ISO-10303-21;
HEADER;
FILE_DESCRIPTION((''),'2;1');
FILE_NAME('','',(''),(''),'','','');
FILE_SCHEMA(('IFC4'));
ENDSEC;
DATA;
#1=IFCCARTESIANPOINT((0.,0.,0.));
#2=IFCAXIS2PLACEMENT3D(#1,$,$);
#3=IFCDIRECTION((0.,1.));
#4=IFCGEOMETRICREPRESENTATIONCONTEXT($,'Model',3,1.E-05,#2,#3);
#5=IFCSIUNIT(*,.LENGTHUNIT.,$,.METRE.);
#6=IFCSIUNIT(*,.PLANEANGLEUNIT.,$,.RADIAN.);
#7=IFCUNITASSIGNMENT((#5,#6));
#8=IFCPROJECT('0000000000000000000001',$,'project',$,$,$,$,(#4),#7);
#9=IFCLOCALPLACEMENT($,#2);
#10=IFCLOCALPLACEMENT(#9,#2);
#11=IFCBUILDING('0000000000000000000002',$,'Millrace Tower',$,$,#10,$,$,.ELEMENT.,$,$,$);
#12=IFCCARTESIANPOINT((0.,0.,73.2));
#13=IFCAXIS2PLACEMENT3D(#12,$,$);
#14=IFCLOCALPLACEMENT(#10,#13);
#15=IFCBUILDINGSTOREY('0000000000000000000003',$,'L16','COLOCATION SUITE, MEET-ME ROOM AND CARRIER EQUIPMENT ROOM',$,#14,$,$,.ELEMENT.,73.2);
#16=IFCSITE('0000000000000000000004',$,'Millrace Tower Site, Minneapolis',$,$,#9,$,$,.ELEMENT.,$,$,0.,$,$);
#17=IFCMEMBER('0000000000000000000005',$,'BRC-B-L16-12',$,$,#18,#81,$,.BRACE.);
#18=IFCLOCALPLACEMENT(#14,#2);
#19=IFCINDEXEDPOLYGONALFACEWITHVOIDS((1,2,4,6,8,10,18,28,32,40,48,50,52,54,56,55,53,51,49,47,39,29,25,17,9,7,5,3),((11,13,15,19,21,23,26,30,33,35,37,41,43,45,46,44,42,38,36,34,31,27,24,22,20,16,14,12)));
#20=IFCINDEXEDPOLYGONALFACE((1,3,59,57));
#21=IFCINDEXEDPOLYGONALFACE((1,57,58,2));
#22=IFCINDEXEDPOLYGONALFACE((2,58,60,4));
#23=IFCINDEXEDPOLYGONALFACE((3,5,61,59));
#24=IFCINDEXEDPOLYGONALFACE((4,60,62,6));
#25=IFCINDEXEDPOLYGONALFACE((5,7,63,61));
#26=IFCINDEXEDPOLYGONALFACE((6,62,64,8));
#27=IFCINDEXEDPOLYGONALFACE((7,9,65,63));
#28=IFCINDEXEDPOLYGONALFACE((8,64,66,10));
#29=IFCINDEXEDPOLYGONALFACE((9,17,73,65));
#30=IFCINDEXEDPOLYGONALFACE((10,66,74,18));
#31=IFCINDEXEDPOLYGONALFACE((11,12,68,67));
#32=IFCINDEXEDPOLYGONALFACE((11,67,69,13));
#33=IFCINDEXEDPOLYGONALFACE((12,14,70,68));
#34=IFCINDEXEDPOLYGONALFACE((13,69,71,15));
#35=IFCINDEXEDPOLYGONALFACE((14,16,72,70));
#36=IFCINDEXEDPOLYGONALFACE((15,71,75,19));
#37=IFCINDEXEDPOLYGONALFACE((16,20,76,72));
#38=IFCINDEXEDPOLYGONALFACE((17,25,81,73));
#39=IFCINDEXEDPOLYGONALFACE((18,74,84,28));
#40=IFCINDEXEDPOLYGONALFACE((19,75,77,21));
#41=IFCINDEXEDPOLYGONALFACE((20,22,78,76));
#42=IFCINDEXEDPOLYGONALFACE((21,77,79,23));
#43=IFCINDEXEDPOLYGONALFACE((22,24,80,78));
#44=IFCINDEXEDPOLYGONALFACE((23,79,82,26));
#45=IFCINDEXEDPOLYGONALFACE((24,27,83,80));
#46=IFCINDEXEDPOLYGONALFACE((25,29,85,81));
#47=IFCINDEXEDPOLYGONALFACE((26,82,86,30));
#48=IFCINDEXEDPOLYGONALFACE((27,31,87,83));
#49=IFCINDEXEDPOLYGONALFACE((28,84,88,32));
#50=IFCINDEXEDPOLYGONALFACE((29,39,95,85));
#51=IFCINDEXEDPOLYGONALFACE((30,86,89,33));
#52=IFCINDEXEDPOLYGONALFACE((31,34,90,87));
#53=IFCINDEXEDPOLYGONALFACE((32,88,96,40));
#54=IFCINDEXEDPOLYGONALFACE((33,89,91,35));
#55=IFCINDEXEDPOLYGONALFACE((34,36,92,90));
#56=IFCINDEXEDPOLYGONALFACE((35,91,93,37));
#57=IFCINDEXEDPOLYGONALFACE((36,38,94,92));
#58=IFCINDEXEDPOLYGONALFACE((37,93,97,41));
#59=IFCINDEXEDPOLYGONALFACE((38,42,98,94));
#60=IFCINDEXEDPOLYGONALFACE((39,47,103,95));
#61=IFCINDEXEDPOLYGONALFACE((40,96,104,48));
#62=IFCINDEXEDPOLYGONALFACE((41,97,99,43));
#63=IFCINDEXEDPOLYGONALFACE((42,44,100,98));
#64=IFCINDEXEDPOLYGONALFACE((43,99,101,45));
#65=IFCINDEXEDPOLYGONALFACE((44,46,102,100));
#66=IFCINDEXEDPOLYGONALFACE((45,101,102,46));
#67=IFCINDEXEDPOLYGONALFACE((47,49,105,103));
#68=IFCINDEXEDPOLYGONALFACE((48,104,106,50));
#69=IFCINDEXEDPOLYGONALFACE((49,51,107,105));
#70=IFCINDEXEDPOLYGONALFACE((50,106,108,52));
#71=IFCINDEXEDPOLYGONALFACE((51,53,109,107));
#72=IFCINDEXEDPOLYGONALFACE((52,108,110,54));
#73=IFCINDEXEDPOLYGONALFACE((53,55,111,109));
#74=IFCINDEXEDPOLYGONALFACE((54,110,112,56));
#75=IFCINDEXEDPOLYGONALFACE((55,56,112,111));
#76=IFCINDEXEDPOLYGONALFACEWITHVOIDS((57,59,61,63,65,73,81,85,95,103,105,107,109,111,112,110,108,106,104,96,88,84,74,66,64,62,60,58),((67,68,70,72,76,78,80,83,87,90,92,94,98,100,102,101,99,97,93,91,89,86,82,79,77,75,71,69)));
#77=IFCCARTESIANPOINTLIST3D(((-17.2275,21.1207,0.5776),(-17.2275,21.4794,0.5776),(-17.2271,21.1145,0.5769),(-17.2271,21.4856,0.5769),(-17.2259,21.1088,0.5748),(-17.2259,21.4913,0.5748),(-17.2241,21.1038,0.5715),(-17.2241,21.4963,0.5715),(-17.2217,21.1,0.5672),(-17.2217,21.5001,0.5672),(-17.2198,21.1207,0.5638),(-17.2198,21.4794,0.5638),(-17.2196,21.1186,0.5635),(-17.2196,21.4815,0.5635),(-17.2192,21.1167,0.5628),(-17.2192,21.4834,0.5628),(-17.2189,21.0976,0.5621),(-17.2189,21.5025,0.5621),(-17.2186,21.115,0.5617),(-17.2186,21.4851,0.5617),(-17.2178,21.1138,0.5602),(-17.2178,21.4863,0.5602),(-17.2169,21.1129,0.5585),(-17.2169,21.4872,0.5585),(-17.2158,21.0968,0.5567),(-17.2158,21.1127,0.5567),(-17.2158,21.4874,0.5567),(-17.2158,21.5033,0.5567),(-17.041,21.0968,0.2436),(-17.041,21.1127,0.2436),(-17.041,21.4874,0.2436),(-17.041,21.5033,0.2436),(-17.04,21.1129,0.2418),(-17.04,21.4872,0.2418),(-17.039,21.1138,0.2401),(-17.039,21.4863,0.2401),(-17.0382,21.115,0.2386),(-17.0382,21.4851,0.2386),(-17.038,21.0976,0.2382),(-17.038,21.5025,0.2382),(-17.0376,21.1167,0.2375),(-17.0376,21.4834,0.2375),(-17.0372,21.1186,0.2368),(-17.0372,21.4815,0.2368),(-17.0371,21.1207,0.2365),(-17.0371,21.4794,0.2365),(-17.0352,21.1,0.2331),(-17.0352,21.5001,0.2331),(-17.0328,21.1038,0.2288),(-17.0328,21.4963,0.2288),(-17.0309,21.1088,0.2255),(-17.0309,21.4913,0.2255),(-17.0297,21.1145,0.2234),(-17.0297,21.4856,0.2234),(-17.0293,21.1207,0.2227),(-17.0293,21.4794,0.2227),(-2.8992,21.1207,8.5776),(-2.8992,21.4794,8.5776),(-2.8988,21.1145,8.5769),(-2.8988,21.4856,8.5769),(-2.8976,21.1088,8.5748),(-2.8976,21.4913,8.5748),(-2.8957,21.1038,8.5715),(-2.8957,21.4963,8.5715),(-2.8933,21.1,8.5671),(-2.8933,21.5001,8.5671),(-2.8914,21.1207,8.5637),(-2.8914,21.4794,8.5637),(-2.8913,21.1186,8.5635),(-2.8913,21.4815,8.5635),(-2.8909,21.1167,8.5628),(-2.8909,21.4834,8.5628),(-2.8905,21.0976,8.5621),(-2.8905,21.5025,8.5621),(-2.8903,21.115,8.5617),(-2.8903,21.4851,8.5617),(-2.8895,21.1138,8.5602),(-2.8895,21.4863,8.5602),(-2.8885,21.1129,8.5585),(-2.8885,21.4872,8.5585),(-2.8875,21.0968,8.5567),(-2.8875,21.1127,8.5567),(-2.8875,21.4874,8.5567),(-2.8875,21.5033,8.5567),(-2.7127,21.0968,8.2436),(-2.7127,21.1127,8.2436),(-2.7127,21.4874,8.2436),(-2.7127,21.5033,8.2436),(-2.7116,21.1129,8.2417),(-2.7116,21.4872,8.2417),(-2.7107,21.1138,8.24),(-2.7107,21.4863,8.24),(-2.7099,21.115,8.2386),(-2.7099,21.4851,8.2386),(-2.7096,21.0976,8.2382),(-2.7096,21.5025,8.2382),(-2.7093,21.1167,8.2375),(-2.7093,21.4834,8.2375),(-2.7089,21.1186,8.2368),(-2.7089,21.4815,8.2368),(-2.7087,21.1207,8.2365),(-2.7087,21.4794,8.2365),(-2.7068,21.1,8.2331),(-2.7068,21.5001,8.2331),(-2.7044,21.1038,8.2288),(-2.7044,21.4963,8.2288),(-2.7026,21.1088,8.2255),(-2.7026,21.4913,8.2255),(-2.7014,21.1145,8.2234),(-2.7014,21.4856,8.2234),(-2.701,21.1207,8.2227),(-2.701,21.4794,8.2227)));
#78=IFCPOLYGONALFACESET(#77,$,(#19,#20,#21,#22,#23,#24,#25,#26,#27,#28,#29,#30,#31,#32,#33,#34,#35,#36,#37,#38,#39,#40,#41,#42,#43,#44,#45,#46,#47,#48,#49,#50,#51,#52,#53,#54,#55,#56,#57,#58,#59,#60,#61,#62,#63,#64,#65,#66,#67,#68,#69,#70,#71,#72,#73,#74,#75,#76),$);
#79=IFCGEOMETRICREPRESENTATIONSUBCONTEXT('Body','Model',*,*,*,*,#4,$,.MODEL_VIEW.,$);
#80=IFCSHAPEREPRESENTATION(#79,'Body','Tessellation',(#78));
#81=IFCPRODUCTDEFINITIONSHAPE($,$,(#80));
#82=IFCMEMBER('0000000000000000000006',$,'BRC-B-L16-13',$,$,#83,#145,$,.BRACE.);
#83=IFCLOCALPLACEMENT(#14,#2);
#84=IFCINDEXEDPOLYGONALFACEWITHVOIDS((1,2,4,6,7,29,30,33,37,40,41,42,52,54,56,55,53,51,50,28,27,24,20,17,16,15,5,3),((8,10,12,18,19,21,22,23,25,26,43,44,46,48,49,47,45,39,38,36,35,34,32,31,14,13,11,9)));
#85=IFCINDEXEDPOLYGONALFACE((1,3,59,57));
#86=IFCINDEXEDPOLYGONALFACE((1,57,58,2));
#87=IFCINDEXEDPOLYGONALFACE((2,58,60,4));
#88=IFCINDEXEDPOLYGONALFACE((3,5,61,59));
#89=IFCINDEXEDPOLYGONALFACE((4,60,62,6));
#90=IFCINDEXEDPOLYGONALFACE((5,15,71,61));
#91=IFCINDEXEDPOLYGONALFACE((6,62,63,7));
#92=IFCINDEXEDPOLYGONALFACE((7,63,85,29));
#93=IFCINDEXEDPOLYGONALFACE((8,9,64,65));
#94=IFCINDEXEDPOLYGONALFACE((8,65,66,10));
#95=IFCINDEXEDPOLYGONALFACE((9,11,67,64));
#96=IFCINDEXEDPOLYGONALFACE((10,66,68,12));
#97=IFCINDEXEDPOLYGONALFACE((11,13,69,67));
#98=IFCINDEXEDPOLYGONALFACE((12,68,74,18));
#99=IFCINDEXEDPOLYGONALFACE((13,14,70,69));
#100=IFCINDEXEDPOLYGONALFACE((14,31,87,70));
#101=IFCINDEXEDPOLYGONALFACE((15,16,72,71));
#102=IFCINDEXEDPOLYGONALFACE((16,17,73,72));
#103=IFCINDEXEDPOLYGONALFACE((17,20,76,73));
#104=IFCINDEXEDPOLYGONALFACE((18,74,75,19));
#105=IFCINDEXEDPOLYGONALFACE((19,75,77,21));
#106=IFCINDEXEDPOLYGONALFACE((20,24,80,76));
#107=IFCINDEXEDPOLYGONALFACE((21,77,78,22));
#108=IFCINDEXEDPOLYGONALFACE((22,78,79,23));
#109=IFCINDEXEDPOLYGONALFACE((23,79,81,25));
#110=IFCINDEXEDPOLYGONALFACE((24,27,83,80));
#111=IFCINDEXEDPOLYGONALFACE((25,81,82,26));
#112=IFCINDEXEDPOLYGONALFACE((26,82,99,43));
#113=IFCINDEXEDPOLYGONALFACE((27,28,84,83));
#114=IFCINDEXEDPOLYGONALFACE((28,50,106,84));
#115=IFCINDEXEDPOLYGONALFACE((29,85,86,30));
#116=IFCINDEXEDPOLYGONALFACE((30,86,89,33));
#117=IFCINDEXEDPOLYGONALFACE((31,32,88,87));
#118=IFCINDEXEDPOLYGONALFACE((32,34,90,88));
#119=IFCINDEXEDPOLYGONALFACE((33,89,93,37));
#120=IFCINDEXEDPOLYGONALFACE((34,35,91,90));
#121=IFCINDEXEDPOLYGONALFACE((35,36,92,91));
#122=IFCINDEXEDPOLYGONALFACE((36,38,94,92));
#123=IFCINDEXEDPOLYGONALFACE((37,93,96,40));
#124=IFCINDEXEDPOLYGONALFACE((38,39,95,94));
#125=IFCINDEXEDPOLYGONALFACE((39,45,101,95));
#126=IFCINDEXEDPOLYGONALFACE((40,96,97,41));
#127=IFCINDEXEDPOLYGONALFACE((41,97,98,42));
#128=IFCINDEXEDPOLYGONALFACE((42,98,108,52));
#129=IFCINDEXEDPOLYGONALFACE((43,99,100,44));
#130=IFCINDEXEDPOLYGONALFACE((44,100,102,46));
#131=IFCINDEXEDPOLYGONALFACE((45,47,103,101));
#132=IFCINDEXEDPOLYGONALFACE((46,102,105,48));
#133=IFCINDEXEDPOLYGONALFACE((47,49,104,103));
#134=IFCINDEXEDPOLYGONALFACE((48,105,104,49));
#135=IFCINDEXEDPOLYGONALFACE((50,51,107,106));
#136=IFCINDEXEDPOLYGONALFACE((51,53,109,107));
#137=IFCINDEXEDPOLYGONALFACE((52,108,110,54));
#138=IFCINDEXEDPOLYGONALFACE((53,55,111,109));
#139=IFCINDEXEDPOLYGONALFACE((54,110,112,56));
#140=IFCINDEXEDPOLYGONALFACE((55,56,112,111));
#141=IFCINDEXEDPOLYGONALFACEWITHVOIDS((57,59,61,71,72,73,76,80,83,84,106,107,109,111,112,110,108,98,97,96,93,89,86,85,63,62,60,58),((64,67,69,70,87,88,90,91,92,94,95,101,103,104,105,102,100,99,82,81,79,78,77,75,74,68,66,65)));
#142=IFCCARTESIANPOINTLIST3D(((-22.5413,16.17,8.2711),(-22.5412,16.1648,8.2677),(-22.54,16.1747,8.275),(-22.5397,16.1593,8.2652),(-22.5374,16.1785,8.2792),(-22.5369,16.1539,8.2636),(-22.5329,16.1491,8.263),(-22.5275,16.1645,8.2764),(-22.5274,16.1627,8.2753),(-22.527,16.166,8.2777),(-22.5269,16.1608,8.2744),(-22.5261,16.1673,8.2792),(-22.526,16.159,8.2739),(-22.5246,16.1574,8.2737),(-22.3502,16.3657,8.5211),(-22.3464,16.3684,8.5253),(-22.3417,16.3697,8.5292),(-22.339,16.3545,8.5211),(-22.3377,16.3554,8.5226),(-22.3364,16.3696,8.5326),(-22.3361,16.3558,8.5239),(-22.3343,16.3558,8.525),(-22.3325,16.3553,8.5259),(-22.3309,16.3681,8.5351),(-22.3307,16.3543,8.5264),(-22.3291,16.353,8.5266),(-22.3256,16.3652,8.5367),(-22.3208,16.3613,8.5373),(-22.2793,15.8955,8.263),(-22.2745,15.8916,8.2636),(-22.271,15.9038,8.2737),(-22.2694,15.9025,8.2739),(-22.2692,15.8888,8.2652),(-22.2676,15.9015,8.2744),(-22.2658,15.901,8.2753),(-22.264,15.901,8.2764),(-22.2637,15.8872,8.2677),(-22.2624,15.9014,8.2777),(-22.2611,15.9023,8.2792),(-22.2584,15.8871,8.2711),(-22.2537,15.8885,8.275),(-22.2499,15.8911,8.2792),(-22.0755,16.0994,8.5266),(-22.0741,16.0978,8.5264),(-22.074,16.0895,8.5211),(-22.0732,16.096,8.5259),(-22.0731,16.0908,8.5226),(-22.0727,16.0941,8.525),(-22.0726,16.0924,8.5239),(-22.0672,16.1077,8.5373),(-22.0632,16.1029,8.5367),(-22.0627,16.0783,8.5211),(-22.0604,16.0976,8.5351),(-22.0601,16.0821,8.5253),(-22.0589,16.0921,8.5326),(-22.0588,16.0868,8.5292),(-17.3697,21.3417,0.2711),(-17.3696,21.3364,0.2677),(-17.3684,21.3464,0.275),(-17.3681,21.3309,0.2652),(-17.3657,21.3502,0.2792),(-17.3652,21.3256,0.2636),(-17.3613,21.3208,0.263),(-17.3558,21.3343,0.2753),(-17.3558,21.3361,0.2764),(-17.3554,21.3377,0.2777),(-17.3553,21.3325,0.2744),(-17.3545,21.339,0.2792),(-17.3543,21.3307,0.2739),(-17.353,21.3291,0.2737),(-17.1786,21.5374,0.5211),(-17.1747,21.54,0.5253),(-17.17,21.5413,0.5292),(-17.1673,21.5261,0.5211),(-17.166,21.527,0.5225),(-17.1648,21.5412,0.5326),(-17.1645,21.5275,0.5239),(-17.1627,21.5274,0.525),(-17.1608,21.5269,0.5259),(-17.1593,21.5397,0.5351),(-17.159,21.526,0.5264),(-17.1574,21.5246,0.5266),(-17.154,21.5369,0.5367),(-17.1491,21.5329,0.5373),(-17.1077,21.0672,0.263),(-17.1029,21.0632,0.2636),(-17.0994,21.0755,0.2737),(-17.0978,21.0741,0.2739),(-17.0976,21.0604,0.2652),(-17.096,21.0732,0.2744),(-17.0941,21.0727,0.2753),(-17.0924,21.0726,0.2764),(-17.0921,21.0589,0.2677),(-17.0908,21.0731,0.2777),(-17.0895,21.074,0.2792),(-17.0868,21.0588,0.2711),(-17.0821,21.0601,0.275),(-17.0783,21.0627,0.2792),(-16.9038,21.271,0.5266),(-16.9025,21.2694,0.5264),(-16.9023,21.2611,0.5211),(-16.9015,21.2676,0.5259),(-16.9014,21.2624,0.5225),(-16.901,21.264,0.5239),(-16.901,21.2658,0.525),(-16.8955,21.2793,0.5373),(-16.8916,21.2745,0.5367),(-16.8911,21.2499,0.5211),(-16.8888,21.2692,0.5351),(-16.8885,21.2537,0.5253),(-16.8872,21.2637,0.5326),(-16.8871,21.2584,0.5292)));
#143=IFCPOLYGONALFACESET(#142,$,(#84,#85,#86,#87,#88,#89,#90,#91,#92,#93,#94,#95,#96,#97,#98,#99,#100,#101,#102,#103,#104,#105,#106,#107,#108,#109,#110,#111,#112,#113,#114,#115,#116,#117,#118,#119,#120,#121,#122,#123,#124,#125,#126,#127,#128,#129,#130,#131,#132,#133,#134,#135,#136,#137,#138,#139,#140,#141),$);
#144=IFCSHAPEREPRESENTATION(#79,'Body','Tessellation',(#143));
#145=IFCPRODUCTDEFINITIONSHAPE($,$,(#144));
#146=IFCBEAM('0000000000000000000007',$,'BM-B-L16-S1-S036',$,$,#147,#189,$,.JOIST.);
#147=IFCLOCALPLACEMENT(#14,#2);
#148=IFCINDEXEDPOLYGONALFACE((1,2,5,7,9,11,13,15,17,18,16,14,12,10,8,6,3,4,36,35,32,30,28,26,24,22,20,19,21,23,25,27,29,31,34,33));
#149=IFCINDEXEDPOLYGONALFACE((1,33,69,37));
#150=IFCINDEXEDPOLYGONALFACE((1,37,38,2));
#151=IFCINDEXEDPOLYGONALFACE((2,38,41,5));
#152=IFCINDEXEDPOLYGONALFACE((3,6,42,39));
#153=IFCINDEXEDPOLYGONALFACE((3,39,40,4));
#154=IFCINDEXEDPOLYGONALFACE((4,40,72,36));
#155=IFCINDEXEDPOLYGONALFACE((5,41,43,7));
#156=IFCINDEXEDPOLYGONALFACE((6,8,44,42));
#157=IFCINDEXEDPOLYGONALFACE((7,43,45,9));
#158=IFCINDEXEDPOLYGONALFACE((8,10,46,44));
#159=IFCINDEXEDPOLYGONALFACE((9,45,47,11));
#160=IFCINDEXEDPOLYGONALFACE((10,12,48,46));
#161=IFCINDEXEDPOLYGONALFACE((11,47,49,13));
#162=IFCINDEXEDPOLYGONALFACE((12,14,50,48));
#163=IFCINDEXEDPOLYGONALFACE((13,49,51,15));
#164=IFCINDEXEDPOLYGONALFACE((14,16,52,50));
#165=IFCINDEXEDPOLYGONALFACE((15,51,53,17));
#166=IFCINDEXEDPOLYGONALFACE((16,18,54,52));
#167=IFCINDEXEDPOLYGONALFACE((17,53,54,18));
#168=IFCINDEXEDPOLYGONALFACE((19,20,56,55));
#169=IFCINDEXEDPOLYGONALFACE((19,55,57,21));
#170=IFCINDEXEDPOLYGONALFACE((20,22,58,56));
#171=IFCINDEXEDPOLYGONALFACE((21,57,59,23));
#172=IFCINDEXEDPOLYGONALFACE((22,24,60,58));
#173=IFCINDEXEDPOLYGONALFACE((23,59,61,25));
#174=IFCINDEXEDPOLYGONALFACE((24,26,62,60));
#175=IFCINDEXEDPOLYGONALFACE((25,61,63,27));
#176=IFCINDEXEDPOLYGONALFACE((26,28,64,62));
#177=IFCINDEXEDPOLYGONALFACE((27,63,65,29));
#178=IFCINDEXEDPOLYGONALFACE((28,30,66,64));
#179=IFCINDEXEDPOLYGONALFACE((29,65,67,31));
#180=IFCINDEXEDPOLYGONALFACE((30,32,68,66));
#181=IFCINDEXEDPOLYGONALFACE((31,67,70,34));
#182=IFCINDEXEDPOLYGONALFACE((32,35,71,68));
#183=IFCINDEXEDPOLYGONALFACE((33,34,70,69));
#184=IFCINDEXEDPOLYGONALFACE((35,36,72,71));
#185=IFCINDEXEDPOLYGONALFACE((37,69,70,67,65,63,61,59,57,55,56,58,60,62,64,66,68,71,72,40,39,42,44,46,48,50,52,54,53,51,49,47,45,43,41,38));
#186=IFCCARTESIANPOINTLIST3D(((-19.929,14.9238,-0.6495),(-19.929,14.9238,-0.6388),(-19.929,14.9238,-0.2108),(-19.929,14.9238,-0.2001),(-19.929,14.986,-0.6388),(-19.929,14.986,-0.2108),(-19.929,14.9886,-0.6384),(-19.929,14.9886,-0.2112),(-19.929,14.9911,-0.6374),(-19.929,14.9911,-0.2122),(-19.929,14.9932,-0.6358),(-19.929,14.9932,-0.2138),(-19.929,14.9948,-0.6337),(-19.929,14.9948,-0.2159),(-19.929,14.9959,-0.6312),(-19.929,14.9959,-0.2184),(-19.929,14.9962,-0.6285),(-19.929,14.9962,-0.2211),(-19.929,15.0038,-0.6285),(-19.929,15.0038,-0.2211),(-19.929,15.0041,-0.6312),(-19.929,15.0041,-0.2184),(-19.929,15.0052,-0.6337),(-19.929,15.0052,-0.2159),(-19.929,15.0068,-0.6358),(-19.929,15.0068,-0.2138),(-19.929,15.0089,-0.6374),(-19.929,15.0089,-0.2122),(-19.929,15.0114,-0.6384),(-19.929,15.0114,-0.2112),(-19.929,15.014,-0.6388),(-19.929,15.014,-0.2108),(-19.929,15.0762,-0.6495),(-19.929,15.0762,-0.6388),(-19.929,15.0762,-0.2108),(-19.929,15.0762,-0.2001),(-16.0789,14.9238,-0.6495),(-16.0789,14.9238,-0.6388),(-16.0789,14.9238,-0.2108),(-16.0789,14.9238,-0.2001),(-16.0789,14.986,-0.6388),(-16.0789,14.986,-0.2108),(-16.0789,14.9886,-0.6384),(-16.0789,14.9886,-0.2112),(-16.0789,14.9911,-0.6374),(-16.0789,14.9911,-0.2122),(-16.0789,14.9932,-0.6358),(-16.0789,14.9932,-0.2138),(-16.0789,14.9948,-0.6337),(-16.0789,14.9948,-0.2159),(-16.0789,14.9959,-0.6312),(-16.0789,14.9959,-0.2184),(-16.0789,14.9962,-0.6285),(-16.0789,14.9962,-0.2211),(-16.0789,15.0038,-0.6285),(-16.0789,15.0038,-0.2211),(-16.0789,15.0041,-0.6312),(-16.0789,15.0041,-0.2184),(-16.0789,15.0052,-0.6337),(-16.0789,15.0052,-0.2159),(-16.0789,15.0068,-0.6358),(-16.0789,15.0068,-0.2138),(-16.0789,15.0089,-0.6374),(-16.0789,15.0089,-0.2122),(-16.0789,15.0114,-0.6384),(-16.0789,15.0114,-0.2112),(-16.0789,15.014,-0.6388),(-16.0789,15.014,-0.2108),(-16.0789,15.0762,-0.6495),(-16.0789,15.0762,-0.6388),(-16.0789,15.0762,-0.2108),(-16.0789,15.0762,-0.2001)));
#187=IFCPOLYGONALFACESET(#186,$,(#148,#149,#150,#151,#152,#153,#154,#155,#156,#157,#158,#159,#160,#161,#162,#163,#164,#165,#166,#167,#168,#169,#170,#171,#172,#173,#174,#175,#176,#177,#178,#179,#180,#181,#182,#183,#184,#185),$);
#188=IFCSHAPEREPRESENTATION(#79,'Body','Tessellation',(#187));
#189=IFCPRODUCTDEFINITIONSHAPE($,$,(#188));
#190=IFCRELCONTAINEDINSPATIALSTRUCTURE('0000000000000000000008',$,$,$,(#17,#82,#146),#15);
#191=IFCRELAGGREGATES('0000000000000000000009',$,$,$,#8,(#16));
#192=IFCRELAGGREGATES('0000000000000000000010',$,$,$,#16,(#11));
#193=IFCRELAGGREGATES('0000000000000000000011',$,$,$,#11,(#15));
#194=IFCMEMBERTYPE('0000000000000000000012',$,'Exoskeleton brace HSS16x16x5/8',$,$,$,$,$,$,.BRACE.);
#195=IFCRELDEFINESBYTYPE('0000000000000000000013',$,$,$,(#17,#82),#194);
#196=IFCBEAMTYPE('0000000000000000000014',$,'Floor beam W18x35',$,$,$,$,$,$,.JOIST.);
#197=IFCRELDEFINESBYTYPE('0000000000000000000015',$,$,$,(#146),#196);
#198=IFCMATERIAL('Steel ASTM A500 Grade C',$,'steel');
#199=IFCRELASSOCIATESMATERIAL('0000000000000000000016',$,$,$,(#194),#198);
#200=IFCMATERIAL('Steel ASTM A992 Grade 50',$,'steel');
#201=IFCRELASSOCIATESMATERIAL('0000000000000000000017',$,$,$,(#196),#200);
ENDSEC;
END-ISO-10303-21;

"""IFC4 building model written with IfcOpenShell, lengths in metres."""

from ifc_helpers import new_model, si_unit, direction, frame, origin, origin_2d, place, context, subcontext, project, spatial, hollow_rectangle, i_section, extrude, material, material_profile, profile_set, type_object, element, save


model = new_model("IFC4")

# Units and contexts
model_context = context("Model", 3, precision=1e-05, world=origin(), true_north=direction((0.0, 1.0)))
body_context = subcontext(model_context, "Body", "Model", "MODEL_VIEW")
ifc_project = project(units=[si_unit("LENGTHUNIT", "METRE"), si_unit("PLANEANGLEUNIT", "RADIAN")], contexts=[model_context])

# Site, building, storey
site_placement = place(None, origin())
site = spatial("IfcSite", under=ifc_project, at=site_placement, Name="Millrace Tower Site, Minneapolis", CompositionType="ELEMENT", RefElevation=0.0)
building_placement = place(site_placement, origin())
building = spatial("IfcBuilding", under=site, at=building_placement, Name="Millrace Tower", CompositionType="ELEMENT")
storey_placement = place(building_placement, frame((0.0, 0.0, 73.2)))
storey = spatial("IfcBuildingStorey", under=building, at=storey_placement, Name="L16", Description="COLOCATION SUITE, MEET-ME ROOM AND CARRIER EQUIPMENT ROOM", CompositionType="ELEMENT", Elevation=73.2)

# Members
ifc_material_1 = material(Name="Steel ASTM A500 Grade C", Category="steel")
ifc_material_profile_1 = material_profile(ifc_material_1, hollow_rectangle(XDim=0.4065, YDim=0.4065, WallThickness=0.0159, InnerFilletRadius=0.0081, OuterFilletRadius=0.0239, at=origin_2d()))
ifc_profile_set_1 = profile_set([ifc_material_profile_1], Name="Steel ASTM A500 Grade C")
member_type_1 = type_object("IfcMemberType", Name="Exoskeleton brace HSS16x16x5/8", PredefinedType="BRACE", material=ifc_profile_set_1)
member_1_placement = place(storey_placement, frame((-17.1284, 21.3, 0.4001), z_axis=(0.873126, 0.0, 0.487495), x_axis=(0.0, 1.0, 0.0)))
element("IfcMember", 1, at=member_1_placement, inside=storey, type_object=member_type_1, Name="BRC-B-L16-12", PredefinedType="BRACE", context=body_context, shape_type="SweptSolid", body=[
    extrude(hollow_rectangle(XDim=0.4065, YDim=0.4065, WallThickness=0.0159, InnerFilletRadius=0.0081, OuterFilletRadius=0.0239, at=origin_2d()), origin(), (0.0, 0.0, 1.0), 16.4104),
])
member_2_placement = place(storey_placement, frame((-17.1284, 21.3, 0.4001), z_axis=(-0.477116, -0.477116, 0.738052), x_axis=(0.707107, -0.707107, 0.0)))
element("IfcMember", 2, at=member_2_placement, inside=storey, type_object=member_type_1, Name="BRC-B-L16-13", PredefinedType="BRACE", context=body_context, shape_type="SweptSolid", body=[
    extrude(hollow_rectangle(XDim=0.4065, YDim=0.4065, WallThickness=0.0159, InnerFilletRadius=0.0081, OuterFilletRadius=0.0239, at=origin_2d()), origin(), (0.0, 0.0, 1.0), 10.8394),
])

# Beam
ifc_material_2 = material(Name="Steel ASTM A992 Grade 50", Category="steel")
ifc_material_profile_2 = material_profile(ifc_material_2, i_section(OverallWidth=0.1523, OverallDepth=0.4495, WebThickness=0.0076, FlangeThickness=0.0107, FilletRadius=0.0103, at=origin_2d()))
ifc_profile_set_2 = profile_set([ifc_material_profile_2], Name="Steel ASTM A992 Grade 50")
beam_type_1 = type_object("IfcBeamType", Name="Floor beam W18x35", PredefinedType="JOIST", material=ifc_profile_set_2)
beam_1_placement = place(storey_placement, frame((-19.929, 15.0, -0.4248), z_axis=(1.0, 0.0, 0.0), x_axis=(0.0, 1.0, 0.0)))
element("IfcBeam", 3, at=beam_1_placement, inside=storey, type_object=beam_type_1, Name="BM-B-L16-S1-S036", PredefinedType="JOIST", context=body_context, shape_type="SweptSolid", body=[
    extrude(i_section(OverallWidth=0.1523, OverallDepth=0.4495, WebThickness=0.0076, FlangeThickness=0.0107, FilletRadius=0.0103, at=origin_2d()), origin(), (0.0, 0.0, 1.0), 3.8501),
])

save(model, "model.ifc")
